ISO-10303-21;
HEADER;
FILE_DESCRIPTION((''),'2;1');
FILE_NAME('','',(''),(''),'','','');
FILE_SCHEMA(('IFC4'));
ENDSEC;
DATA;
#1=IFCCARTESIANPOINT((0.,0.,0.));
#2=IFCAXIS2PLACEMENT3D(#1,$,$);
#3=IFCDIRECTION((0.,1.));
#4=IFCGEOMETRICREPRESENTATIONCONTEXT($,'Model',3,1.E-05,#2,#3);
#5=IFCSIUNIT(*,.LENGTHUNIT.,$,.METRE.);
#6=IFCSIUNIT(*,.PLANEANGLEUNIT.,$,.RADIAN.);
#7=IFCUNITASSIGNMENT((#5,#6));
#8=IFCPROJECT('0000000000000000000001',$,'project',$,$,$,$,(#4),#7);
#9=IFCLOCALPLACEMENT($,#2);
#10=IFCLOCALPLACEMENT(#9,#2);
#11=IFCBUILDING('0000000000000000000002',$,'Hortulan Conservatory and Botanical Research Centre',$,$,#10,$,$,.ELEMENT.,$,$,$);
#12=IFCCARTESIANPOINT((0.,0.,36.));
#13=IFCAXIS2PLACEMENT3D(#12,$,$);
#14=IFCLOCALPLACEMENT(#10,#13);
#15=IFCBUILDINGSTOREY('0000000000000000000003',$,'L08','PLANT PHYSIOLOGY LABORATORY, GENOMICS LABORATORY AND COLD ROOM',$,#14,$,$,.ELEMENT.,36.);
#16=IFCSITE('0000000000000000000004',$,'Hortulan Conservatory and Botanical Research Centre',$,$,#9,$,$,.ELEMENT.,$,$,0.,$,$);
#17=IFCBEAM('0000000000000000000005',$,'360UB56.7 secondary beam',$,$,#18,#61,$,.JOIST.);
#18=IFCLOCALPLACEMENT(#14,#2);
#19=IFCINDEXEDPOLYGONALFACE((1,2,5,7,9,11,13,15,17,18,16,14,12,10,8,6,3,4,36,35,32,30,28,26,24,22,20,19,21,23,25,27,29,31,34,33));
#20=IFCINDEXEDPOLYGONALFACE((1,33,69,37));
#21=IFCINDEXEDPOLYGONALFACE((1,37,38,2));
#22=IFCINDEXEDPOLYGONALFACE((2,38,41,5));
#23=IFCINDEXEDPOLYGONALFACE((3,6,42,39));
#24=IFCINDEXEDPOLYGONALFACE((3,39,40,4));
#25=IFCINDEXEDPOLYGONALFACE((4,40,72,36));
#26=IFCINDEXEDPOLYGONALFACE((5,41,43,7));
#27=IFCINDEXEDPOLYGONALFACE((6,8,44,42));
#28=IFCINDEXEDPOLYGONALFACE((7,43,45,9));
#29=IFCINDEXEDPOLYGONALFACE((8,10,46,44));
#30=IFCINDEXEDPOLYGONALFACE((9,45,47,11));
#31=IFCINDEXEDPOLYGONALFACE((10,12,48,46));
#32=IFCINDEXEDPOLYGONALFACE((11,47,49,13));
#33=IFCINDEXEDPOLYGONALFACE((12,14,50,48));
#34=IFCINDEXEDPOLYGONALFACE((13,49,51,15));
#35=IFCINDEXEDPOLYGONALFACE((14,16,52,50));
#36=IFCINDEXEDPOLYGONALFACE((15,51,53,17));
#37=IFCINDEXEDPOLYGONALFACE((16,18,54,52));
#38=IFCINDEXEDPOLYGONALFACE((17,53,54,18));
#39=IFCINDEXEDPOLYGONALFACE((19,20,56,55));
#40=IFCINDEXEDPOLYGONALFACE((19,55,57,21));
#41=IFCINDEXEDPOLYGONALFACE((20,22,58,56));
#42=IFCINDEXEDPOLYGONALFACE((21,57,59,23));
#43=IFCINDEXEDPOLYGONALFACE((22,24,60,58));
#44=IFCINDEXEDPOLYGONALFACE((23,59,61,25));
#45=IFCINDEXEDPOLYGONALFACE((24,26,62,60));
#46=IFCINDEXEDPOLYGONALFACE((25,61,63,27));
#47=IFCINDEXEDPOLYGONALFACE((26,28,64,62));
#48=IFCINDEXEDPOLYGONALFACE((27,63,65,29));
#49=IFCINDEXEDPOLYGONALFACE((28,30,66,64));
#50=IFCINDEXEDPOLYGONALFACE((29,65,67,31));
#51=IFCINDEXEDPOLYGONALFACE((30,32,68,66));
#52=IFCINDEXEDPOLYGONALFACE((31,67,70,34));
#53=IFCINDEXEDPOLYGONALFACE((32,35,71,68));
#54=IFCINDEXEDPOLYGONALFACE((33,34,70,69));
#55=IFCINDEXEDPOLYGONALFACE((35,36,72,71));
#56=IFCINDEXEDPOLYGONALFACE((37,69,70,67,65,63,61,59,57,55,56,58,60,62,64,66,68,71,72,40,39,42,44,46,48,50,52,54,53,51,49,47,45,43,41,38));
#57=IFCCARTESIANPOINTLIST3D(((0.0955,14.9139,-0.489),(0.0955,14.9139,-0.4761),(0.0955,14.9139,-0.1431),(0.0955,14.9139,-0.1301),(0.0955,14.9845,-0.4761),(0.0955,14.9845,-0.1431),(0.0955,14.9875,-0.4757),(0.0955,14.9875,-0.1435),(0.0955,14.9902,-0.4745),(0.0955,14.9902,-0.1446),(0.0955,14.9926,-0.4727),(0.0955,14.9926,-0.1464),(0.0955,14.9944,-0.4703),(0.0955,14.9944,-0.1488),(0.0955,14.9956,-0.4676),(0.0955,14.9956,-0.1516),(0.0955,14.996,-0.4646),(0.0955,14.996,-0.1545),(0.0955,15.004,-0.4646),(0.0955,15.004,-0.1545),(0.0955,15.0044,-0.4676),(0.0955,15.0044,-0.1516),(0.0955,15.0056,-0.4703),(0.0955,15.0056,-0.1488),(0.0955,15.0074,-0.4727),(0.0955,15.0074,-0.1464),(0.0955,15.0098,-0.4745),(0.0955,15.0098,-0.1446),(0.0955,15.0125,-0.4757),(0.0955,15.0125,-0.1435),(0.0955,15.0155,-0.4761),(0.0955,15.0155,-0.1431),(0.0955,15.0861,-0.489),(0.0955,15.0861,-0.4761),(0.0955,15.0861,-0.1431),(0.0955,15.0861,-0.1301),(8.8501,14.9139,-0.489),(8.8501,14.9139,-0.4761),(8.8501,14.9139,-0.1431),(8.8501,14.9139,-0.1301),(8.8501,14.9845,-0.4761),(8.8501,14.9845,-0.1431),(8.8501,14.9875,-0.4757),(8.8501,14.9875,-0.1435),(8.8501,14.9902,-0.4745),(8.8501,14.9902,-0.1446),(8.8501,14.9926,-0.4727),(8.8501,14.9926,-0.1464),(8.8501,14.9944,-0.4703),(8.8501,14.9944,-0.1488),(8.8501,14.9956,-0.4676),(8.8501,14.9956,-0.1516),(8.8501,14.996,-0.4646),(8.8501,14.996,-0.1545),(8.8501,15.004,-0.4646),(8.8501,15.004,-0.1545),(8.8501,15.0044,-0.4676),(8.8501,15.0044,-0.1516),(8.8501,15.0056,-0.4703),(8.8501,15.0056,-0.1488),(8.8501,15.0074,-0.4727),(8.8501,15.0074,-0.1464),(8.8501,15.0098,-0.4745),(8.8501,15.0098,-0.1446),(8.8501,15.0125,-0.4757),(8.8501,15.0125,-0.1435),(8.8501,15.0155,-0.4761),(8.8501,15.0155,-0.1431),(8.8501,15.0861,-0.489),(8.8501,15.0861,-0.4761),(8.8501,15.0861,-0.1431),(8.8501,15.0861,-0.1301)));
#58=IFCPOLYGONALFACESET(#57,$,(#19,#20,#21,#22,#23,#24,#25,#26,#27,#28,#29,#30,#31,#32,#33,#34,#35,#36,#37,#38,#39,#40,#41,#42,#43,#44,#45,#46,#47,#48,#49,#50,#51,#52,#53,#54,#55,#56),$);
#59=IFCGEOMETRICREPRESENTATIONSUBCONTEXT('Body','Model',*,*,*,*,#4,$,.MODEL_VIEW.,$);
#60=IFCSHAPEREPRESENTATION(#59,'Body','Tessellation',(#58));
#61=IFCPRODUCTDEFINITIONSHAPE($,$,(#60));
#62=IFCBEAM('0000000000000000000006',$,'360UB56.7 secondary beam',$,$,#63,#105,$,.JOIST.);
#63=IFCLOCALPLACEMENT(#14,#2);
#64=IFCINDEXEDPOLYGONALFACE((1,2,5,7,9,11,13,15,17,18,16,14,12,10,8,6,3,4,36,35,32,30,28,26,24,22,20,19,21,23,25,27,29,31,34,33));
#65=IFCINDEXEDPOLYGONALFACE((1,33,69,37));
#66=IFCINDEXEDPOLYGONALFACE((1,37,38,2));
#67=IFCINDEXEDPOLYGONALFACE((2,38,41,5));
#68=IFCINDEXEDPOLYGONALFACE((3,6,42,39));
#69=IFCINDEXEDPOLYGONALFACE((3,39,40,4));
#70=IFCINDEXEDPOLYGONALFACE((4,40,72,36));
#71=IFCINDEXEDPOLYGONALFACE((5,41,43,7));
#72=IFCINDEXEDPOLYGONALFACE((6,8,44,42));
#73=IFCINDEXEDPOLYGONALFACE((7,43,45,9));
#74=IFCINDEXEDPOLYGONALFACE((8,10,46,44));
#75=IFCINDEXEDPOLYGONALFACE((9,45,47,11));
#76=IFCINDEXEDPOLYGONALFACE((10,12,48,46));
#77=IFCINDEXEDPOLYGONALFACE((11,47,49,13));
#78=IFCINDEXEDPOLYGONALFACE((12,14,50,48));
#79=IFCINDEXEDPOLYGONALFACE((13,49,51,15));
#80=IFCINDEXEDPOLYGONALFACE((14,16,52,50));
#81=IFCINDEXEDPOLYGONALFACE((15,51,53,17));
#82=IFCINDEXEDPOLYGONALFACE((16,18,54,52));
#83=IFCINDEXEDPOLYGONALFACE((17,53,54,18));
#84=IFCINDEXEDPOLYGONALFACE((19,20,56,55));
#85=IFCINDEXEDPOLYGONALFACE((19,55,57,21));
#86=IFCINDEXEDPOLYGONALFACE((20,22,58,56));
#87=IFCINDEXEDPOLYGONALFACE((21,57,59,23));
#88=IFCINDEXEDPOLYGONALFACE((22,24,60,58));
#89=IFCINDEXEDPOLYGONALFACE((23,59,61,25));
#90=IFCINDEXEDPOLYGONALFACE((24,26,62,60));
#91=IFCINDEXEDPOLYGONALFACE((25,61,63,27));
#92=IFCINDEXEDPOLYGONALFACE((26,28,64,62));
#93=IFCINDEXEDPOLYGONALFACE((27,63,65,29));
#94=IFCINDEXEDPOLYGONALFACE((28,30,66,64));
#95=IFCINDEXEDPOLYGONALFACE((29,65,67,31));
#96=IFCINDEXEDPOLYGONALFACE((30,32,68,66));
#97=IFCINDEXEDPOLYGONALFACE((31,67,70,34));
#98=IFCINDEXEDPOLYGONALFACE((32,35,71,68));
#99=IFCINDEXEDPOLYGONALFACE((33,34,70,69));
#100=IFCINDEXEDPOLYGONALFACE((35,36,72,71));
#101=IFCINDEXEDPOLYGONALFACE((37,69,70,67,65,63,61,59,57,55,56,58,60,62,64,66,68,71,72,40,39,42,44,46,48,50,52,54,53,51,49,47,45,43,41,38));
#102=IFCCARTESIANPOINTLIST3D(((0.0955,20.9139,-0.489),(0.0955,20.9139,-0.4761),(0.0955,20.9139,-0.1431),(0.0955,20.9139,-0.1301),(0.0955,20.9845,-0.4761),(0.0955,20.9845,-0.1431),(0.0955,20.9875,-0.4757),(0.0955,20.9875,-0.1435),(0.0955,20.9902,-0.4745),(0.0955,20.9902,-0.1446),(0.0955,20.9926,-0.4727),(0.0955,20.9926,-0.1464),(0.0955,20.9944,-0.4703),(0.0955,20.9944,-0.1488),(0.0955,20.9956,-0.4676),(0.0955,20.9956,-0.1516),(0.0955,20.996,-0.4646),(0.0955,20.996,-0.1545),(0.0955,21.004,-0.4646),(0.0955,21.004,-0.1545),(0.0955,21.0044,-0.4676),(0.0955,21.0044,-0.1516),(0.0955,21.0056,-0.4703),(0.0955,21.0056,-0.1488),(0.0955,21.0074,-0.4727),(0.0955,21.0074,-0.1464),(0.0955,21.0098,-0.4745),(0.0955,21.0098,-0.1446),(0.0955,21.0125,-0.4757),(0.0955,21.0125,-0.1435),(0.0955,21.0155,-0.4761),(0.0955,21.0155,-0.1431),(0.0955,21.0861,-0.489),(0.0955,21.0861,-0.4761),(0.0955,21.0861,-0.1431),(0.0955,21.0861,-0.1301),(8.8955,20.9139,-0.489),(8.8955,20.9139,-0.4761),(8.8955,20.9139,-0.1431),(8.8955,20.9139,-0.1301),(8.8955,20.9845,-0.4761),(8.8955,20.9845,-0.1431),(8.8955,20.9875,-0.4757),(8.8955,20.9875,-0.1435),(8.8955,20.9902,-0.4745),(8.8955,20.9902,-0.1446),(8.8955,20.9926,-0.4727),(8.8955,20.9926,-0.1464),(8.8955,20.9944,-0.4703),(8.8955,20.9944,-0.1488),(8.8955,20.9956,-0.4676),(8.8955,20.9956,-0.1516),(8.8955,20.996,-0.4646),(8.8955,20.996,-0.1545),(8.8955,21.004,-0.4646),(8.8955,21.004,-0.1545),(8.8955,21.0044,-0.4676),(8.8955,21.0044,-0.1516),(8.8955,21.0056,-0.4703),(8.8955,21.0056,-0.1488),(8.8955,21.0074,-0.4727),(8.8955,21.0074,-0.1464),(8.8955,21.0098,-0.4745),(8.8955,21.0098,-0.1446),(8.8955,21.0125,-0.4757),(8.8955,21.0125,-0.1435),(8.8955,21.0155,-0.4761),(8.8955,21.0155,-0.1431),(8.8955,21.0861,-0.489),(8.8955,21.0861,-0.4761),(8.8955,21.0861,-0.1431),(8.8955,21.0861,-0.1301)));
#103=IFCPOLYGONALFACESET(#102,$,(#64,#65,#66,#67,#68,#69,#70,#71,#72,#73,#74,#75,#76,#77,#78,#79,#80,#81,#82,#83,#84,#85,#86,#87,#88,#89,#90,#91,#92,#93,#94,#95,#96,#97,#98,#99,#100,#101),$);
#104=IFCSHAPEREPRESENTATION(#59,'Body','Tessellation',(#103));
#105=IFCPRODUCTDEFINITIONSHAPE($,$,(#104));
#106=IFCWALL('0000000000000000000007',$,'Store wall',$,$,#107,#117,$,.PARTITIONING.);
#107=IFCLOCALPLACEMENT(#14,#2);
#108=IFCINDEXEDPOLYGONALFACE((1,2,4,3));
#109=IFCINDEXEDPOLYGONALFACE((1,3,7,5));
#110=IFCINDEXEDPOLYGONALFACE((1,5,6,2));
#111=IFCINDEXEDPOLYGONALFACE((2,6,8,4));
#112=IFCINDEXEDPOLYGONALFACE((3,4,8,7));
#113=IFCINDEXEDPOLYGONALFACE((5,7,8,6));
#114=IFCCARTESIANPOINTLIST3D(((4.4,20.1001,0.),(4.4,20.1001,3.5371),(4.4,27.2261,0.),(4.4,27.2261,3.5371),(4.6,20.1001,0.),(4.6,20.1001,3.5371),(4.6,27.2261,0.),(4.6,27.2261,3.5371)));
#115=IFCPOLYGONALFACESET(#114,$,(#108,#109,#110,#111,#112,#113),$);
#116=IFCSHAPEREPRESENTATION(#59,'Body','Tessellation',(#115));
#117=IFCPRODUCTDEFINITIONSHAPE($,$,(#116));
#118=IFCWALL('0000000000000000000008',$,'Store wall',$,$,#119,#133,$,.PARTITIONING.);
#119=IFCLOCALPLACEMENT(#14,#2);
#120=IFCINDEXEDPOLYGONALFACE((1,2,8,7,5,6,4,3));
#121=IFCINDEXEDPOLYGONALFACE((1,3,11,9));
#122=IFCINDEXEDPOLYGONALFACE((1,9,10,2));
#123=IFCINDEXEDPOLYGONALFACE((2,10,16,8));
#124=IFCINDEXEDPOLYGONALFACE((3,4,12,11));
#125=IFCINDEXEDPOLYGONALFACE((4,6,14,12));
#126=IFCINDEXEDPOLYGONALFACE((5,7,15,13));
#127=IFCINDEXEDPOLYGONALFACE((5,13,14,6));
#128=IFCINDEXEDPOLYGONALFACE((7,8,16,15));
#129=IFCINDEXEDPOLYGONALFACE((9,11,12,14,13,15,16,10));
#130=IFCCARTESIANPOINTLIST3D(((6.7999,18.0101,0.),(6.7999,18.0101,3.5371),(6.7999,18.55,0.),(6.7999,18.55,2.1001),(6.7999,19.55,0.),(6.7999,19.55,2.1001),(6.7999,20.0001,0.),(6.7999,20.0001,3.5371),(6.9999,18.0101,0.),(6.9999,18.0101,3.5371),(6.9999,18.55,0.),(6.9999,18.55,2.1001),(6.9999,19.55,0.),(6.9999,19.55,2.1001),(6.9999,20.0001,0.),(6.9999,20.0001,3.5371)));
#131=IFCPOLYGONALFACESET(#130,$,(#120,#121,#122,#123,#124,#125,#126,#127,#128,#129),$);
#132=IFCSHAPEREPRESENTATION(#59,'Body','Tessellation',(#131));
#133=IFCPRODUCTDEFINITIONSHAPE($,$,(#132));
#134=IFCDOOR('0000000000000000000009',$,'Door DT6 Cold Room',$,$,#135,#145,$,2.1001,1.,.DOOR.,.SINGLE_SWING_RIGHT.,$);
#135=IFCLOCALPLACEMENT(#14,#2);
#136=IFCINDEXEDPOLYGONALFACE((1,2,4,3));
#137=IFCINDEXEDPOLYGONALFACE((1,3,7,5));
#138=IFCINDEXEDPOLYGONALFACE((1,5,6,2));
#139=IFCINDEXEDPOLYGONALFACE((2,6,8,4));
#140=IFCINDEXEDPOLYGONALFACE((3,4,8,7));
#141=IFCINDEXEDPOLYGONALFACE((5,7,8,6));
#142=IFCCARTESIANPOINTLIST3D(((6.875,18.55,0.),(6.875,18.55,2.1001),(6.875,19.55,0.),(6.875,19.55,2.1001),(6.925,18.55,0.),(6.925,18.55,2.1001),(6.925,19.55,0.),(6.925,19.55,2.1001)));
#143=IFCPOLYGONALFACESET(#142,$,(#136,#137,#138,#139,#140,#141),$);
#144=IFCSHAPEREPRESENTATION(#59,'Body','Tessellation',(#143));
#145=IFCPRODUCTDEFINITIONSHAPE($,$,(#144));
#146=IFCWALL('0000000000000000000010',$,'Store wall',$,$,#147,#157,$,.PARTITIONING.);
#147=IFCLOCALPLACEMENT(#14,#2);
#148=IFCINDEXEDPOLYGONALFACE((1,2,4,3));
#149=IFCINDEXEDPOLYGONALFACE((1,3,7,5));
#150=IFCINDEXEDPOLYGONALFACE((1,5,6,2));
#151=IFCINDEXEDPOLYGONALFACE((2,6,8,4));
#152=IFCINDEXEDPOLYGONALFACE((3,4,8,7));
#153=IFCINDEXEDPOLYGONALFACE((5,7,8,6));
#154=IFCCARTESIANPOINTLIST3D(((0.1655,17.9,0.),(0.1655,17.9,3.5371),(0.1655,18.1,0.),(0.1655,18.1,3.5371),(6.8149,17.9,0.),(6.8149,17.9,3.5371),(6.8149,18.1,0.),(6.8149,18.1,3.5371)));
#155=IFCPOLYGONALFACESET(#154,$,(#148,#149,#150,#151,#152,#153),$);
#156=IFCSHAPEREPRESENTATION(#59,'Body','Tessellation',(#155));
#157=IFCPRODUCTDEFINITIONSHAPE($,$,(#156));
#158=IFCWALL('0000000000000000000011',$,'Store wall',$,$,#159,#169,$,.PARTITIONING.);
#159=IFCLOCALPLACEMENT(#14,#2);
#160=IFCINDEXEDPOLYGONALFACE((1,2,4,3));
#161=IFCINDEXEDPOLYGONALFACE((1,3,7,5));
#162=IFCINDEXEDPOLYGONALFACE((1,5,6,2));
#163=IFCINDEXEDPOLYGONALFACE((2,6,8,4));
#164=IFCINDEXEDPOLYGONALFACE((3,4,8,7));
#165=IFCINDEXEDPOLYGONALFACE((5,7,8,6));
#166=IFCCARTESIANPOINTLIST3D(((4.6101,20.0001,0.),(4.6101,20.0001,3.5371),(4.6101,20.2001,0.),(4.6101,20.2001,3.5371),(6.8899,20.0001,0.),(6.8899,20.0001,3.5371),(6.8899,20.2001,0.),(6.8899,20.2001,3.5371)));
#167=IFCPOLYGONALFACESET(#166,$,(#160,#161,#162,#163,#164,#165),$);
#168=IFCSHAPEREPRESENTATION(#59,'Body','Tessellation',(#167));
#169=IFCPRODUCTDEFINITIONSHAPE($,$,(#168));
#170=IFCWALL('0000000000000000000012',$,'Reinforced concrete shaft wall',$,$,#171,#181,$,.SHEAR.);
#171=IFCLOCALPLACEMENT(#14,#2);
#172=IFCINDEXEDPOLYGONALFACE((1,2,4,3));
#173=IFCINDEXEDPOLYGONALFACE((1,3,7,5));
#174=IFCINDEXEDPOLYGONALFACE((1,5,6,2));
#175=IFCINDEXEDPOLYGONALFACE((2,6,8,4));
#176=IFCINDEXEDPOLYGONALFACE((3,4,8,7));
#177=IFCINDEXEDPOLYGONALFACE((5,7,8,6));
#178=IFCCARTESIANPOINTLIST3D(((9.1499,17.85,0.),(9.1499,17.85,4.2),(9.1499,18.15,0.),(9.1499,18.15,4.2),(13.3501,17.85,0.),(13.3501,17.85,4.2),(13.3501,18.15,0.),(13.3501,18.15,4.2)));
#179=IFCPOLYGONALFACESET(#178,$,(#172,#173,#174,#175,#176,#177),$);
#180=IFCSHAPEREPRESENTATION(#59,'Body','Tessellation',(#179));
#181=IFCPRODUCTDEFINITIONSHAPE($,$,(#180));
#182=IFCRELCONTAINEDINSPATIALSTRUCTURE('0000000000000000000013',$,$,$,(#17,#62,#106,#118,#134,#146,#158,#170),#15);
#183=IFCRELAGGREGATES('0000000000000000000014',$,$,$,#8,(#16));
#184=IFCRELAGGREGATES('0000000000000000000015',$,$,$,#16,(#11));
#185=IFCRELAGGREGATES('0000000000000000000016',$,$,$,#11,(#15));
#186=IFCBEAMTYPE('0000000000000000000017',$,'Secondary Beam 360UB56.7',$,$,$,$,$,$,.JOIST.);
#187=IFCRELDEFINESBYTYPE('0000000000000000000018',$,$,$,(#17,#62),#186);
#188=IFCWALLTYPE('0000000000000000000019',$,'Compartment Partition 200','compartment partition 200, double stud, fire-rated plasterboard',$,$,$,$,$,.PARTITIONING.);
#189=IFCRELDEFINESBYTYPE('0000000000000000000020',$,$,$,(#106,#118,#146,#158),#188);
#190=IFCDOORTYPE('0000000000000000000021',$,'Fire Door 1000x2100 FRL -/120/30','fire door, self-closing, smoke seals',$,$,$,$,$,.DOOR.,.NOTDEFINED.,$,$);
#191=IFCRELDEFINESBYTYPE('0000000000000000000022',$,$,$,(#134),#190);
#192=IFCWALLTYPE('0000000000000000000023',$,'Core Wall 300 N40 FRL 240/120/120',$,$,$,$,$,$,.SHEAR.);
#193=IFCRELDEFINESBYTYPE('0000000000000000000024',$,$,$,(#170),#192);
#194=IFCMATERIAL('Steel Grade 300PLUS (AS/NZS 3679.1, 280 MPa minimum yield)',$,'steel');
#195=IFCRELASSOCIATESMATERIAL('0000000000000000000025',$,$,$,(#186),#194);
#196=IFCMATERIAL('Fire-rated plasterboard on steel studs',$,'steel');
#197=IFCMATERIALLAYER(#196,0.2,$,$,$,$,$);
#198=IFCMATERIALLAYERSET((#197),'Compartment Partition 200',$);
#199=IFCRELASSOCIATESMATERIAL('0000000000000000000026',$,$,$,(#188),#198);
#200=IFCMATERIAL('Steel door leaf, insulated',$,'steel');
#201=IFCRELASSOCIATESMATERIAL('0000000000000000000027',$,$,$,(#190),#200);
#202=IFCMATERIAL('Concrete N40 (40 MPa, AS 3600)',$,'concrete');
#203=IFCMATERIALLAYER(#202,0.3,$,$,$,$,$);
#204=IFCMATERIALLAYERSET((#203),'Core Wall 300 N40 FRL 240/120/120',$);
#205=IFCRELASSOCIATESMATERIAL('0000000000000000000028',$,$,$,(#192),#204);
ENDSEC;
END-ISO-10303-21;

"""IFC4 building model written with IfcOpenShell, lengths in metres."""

from ifc_helpers import new_model, si_unit, direction, frame, frame_2d, origin, origin_2d, place, context, subcontext, project, spatial, rectangle, i_section, extrude, material, layer, layer_set, material_profile, profile_set, type_object, element, fill, save


model = new_model("IFC4")

# Units and contexts
model_context = context("Model", 3, precision=1e-05, world=origin(), true_north=direction((0.0, 1.0)))
body_context = subcontext(model_context, "Body", "Model", "MODEL_VIEW")
ifc_project = project(units=[si_unit("LENGTHUNIT", "METRE"), si_unit("PLANEANGLEUNIT", "RADIAN")], contexts=[model_context])

# Site, building, storey
site_placement = place(None, origin())
site = spatial("IfcSite", under=ifc_project, at=site_placement, Name="Hortulan Conservatory and Botanical Research Centre", CompositionType="ELEMENT", RefElevation=0.0)
building_placement = place(site_placement, origin())
building = spatial("IfcBuilding", under=site, at=building_placement, Name="Hortulan Conservatory and Botanical Research Centre", CompositionType="ELEMENT")
storey_placement = place(building_placement, frame((0.0, 0.0, 36.0)))
storey = spatial("IfcBuildingStorey", under=building, at=storey_placement, Name="L08", Description="PLANT PHYSIOLOGY LABORATORY, GENOMICS LABORATORY AND COLD ROOM", CompositionType="ELEMENT", Elevation=36.0)

# Shared definitions
ifc_material_1 = material(Name="Steel Grade 300PLUS (AS/NZS 3679.1, 280 MPa minimum yield)", Category="steel")

# Beams
ifc_material_profile_1 = material_profile(ifc_material_1, i_section(OverallWidth=0.1721, OverallDepth=0.3589, WebThickness=0.0081, FlangeThickness=0.0129, FilletRadius=0.0115, at=origin_2d()), Name="360UB56.7")
ifc_profile_set_1 = profile_set([ifc_material_profile_1], Name="Steel Grade 300PLUS (AS/NZS 3679.1, 280 MPa minimum yield)")
beam_type_1 = type_object("IfcBeamType", Name="Secondary Beam 360UB56.7", PredefinedType="JOIST", material=ifc_profile_set_1)
beam_1_placement = place(storey_placement, frame((0.0955, 15.0, -0.3096), z_axis=(1.0, 0.0, 0.0), x_axis=(0.0, 1.0, 0.0)))
element("IfcBeam", 1, at=beam_1_placement, inside=storey, type_object=beam_type_1, Name="360UB56.7 secondary beam", PredefinedType="JOIST", context=body_context, shape_type="SweptSolid", body=[
    extrude(i_section(OverallWidth=0.1721, OverallDepth=0.3589, WebThickness=0.0081, FlangeThickness=0.0129, FilletRadius=0.0115, at=origin_2d()), origin(), (0.0, 0.0, 1.0), 8.7546),
])
beam_2_placement = place(storey_placement, frame((0.0955, 21.0, -0.3096), z_axis=(1.0, 0.0, 0.0), x_axis=(0.0, 1.0, 0.0)))
element("IfcBeam", 2, at=beam_2_placement, inside=storey, type_object=beam_type_1, Name="360UB56.7 secondary beam", PredefinedType="JOIST", context=body_context, shape_type="SweptSolid", body=[
    extrude(i_section(OverallWidth=0.1721, OverallDepth=0.3589, WebThickness=0.0081, FlangeThickness=0.0129, FilletRadius=0.0115, at=origin_2d()), origin(), (0.0, 0.0, 1.0), 8.8),
])

# Wall
ifc_material_2 = material(Name="Fire-rated plasterboard on steel studs", Category="steel")
ifc_layer_1 = layer(ifc_material_2, 0.2)
ifc_layer_set_1 = layer_set([ifc_layer_1], Name="Compartment Partition 200")
wall_type_1 = type_object("IfcWallType", Name="Compartment Partition 200", Description="compartment partition 200, double stud, fire-rated plasterboard", PredefinedType="PARTITIONING", material=ifc_layer_set_1)
wall_1_placement = place(storey_placement, frame((4.5, 20.1001, 0.0), z_axis=(0.0, 0.0, 1.0), x_axis=(0.0, 1.0, 0.0)))
element("IfcWall", 3, at=wall_1_placement, inside=storey, type_object=wall_type_1, Name="Store wall", PredefinedType="PARTITIONING", context=body_context, shape_type="SweptSolid", body=[
    extrude(rectangle(XDim=7.126, YDim=0.2, at=frame_2d((3.563, 0.0))), origin(), (0.0, 0.0, 1.0), 3.5371),
])

# Wall, opening, door
wall_2_placement = place(storey_placement, frame((6.8999, 18.01, 0.0), z_axis=(0.0, 0.0, 1.0), x_axis=(0.0, 1.0, 0.0)))
wall_2 = element("IfcWall", 4, at=wall_2_placement, inside=storey, type_object=wall_type_1, Name="Store wall", PredefinedType="PARTITIONING", context=body_context, shape_type="SweptSolid", body=[
    extrude(rectangle(XDim=1.99, YDim=0.2, at=frame_2d((0.9951, 0.0))), origin(), (0.0, 0.0, 1.0), 3.5371),
])
opening_1_placement = place(wall_2_placement, frame((0.54, 0.0, 0.0)))
opening_1 = element("IfcOpeningElement", 5, at=opening_1_placement, cuts=wall_2, PredefinedType="OPENING", context=body_context, shape_type="SweptSolid", body=[
    extrude(rectangle(XDim=1.0, YDim=2.1001, at=frame_2d((0.5, 1.05))), frame((0.0, 0.1099, 0.0), z_axis=(0.0, -1.0, 0.0), x_axis=(1.0, 0.0, 0.0)), (0.0, 0.0, 1.0), 0.22),
])
ifc_material_3 = material(Name="Steel door leaf, insulated", Category="steel")
door_type_1 = type_object("IfcDoorType", Name="Fire Door 1000x2100 FRL -/120/30", Description="fire door, self-closing, smoke seals", OperationType="NOTDEFINED", PredefinedType="DOOR", material=ifc_material_3)
door_1_placement = place(opening_1_placement, origin())
door_1 = element("IfcDoor", 6, at=door_1_placement, inside=storey, type_object=door_type_1, Name="Door DT6 Cold Room", OperationType="SINGLE_SWING_RIGHT", OverallHeight=2.1001, OverallWidth=1.0, PredefinedType="DOOR", context=body_context, shape_type="SweptSolid", body=[
    extrude(rectangle(XDim=1.0, YDim=2.1001, at=frame_2d((0.5, 1.05))), frame((0.0, 0.0249, 0.0), z_axis=(0.0, -1.0, 0.0), x_axis=(1.0, 0.0, 0.0)), (0.0, 0.0, 1.0), 0.05),
])
fill(opening_1, door_1)

# Walls
wall_3_placement = place(storey_placement, frame((0.1655, 18.0, 0.0), z_axis=(0.0, 0.0, 1.0), x_axis=(1.0, 0.0, 0.0)))
element("IfcWall", 7, at=wall_3_placement, inside=storey, type_object=wall_type_1, Name="Store wall", PredefinedType="PARTITIONING", context=body_context, shape_type="SweptSolid", body=[
    extrude(rectangle(XDim=6.6494, YDim=0.2, at=frame_2d((3.3247, 0.0))), origin(), (0.0, 0.0, 1.0), 3.5371),
])
wall_4_placement = place(storey_placement, frame((4.6101, 20.1001, 0.0), z_axis=(0.0, 0.0, 1.0), x_axis=(1.0, 0.0, 0.0)))
element("IfcWall", 8, at=wall_4_placement, inside=storey, type_object=wall_type_1, Name="Store wall", PredefinedType="PARTITIONING", context=body_context, shape_type="SweptSolid", body=[
    extrude(rectangle(XDim=2.2798, YDim=0.2, at=frame_2d((1.1399, 0.0))), origin(), (0.0, 0.0, 1.0), 3.5371),
])
ifc_material_4 = material(Name="Concrete N40 (40 MPa, AS 3600)", Category="concrete")
ifc_layer_2 = layer(ifc_material_4, 0.3)
ifc_layer_set_2 = layer_set([ifc_layer_2], Name="Core Wall 300 N40 FRL 240/120/120")
wall_type_2 = type_object("IfcWallType", Name="Core Wall 300 N40 FRL 240/120/120", PredefinedType="SHEAR", material=ifc_layer_set_2)
wall_5_placement = place(storey_placement, frame((9.1499, 18.0, 0.0), z_axis=(0.0, 0.0, 1.0), x_axis=(1.0, 0.0, 0.0)))
element("IfcWall", 9, at=wall_5_placement, inside=storey, type_object=wall_type_2, Name="Reinforced concrete shaft wall", PredefinedType="SHEAR", context=body_context, shape_type="SweptSolid", body=[
    extrude(rectangle(XDim=4.2002, YDim=0.3, at=frame_2d((2.1001, 0.0))), origin(), (0.0, 0.0, 1.0), 4.2),
])

save(model, "model.ifc")
